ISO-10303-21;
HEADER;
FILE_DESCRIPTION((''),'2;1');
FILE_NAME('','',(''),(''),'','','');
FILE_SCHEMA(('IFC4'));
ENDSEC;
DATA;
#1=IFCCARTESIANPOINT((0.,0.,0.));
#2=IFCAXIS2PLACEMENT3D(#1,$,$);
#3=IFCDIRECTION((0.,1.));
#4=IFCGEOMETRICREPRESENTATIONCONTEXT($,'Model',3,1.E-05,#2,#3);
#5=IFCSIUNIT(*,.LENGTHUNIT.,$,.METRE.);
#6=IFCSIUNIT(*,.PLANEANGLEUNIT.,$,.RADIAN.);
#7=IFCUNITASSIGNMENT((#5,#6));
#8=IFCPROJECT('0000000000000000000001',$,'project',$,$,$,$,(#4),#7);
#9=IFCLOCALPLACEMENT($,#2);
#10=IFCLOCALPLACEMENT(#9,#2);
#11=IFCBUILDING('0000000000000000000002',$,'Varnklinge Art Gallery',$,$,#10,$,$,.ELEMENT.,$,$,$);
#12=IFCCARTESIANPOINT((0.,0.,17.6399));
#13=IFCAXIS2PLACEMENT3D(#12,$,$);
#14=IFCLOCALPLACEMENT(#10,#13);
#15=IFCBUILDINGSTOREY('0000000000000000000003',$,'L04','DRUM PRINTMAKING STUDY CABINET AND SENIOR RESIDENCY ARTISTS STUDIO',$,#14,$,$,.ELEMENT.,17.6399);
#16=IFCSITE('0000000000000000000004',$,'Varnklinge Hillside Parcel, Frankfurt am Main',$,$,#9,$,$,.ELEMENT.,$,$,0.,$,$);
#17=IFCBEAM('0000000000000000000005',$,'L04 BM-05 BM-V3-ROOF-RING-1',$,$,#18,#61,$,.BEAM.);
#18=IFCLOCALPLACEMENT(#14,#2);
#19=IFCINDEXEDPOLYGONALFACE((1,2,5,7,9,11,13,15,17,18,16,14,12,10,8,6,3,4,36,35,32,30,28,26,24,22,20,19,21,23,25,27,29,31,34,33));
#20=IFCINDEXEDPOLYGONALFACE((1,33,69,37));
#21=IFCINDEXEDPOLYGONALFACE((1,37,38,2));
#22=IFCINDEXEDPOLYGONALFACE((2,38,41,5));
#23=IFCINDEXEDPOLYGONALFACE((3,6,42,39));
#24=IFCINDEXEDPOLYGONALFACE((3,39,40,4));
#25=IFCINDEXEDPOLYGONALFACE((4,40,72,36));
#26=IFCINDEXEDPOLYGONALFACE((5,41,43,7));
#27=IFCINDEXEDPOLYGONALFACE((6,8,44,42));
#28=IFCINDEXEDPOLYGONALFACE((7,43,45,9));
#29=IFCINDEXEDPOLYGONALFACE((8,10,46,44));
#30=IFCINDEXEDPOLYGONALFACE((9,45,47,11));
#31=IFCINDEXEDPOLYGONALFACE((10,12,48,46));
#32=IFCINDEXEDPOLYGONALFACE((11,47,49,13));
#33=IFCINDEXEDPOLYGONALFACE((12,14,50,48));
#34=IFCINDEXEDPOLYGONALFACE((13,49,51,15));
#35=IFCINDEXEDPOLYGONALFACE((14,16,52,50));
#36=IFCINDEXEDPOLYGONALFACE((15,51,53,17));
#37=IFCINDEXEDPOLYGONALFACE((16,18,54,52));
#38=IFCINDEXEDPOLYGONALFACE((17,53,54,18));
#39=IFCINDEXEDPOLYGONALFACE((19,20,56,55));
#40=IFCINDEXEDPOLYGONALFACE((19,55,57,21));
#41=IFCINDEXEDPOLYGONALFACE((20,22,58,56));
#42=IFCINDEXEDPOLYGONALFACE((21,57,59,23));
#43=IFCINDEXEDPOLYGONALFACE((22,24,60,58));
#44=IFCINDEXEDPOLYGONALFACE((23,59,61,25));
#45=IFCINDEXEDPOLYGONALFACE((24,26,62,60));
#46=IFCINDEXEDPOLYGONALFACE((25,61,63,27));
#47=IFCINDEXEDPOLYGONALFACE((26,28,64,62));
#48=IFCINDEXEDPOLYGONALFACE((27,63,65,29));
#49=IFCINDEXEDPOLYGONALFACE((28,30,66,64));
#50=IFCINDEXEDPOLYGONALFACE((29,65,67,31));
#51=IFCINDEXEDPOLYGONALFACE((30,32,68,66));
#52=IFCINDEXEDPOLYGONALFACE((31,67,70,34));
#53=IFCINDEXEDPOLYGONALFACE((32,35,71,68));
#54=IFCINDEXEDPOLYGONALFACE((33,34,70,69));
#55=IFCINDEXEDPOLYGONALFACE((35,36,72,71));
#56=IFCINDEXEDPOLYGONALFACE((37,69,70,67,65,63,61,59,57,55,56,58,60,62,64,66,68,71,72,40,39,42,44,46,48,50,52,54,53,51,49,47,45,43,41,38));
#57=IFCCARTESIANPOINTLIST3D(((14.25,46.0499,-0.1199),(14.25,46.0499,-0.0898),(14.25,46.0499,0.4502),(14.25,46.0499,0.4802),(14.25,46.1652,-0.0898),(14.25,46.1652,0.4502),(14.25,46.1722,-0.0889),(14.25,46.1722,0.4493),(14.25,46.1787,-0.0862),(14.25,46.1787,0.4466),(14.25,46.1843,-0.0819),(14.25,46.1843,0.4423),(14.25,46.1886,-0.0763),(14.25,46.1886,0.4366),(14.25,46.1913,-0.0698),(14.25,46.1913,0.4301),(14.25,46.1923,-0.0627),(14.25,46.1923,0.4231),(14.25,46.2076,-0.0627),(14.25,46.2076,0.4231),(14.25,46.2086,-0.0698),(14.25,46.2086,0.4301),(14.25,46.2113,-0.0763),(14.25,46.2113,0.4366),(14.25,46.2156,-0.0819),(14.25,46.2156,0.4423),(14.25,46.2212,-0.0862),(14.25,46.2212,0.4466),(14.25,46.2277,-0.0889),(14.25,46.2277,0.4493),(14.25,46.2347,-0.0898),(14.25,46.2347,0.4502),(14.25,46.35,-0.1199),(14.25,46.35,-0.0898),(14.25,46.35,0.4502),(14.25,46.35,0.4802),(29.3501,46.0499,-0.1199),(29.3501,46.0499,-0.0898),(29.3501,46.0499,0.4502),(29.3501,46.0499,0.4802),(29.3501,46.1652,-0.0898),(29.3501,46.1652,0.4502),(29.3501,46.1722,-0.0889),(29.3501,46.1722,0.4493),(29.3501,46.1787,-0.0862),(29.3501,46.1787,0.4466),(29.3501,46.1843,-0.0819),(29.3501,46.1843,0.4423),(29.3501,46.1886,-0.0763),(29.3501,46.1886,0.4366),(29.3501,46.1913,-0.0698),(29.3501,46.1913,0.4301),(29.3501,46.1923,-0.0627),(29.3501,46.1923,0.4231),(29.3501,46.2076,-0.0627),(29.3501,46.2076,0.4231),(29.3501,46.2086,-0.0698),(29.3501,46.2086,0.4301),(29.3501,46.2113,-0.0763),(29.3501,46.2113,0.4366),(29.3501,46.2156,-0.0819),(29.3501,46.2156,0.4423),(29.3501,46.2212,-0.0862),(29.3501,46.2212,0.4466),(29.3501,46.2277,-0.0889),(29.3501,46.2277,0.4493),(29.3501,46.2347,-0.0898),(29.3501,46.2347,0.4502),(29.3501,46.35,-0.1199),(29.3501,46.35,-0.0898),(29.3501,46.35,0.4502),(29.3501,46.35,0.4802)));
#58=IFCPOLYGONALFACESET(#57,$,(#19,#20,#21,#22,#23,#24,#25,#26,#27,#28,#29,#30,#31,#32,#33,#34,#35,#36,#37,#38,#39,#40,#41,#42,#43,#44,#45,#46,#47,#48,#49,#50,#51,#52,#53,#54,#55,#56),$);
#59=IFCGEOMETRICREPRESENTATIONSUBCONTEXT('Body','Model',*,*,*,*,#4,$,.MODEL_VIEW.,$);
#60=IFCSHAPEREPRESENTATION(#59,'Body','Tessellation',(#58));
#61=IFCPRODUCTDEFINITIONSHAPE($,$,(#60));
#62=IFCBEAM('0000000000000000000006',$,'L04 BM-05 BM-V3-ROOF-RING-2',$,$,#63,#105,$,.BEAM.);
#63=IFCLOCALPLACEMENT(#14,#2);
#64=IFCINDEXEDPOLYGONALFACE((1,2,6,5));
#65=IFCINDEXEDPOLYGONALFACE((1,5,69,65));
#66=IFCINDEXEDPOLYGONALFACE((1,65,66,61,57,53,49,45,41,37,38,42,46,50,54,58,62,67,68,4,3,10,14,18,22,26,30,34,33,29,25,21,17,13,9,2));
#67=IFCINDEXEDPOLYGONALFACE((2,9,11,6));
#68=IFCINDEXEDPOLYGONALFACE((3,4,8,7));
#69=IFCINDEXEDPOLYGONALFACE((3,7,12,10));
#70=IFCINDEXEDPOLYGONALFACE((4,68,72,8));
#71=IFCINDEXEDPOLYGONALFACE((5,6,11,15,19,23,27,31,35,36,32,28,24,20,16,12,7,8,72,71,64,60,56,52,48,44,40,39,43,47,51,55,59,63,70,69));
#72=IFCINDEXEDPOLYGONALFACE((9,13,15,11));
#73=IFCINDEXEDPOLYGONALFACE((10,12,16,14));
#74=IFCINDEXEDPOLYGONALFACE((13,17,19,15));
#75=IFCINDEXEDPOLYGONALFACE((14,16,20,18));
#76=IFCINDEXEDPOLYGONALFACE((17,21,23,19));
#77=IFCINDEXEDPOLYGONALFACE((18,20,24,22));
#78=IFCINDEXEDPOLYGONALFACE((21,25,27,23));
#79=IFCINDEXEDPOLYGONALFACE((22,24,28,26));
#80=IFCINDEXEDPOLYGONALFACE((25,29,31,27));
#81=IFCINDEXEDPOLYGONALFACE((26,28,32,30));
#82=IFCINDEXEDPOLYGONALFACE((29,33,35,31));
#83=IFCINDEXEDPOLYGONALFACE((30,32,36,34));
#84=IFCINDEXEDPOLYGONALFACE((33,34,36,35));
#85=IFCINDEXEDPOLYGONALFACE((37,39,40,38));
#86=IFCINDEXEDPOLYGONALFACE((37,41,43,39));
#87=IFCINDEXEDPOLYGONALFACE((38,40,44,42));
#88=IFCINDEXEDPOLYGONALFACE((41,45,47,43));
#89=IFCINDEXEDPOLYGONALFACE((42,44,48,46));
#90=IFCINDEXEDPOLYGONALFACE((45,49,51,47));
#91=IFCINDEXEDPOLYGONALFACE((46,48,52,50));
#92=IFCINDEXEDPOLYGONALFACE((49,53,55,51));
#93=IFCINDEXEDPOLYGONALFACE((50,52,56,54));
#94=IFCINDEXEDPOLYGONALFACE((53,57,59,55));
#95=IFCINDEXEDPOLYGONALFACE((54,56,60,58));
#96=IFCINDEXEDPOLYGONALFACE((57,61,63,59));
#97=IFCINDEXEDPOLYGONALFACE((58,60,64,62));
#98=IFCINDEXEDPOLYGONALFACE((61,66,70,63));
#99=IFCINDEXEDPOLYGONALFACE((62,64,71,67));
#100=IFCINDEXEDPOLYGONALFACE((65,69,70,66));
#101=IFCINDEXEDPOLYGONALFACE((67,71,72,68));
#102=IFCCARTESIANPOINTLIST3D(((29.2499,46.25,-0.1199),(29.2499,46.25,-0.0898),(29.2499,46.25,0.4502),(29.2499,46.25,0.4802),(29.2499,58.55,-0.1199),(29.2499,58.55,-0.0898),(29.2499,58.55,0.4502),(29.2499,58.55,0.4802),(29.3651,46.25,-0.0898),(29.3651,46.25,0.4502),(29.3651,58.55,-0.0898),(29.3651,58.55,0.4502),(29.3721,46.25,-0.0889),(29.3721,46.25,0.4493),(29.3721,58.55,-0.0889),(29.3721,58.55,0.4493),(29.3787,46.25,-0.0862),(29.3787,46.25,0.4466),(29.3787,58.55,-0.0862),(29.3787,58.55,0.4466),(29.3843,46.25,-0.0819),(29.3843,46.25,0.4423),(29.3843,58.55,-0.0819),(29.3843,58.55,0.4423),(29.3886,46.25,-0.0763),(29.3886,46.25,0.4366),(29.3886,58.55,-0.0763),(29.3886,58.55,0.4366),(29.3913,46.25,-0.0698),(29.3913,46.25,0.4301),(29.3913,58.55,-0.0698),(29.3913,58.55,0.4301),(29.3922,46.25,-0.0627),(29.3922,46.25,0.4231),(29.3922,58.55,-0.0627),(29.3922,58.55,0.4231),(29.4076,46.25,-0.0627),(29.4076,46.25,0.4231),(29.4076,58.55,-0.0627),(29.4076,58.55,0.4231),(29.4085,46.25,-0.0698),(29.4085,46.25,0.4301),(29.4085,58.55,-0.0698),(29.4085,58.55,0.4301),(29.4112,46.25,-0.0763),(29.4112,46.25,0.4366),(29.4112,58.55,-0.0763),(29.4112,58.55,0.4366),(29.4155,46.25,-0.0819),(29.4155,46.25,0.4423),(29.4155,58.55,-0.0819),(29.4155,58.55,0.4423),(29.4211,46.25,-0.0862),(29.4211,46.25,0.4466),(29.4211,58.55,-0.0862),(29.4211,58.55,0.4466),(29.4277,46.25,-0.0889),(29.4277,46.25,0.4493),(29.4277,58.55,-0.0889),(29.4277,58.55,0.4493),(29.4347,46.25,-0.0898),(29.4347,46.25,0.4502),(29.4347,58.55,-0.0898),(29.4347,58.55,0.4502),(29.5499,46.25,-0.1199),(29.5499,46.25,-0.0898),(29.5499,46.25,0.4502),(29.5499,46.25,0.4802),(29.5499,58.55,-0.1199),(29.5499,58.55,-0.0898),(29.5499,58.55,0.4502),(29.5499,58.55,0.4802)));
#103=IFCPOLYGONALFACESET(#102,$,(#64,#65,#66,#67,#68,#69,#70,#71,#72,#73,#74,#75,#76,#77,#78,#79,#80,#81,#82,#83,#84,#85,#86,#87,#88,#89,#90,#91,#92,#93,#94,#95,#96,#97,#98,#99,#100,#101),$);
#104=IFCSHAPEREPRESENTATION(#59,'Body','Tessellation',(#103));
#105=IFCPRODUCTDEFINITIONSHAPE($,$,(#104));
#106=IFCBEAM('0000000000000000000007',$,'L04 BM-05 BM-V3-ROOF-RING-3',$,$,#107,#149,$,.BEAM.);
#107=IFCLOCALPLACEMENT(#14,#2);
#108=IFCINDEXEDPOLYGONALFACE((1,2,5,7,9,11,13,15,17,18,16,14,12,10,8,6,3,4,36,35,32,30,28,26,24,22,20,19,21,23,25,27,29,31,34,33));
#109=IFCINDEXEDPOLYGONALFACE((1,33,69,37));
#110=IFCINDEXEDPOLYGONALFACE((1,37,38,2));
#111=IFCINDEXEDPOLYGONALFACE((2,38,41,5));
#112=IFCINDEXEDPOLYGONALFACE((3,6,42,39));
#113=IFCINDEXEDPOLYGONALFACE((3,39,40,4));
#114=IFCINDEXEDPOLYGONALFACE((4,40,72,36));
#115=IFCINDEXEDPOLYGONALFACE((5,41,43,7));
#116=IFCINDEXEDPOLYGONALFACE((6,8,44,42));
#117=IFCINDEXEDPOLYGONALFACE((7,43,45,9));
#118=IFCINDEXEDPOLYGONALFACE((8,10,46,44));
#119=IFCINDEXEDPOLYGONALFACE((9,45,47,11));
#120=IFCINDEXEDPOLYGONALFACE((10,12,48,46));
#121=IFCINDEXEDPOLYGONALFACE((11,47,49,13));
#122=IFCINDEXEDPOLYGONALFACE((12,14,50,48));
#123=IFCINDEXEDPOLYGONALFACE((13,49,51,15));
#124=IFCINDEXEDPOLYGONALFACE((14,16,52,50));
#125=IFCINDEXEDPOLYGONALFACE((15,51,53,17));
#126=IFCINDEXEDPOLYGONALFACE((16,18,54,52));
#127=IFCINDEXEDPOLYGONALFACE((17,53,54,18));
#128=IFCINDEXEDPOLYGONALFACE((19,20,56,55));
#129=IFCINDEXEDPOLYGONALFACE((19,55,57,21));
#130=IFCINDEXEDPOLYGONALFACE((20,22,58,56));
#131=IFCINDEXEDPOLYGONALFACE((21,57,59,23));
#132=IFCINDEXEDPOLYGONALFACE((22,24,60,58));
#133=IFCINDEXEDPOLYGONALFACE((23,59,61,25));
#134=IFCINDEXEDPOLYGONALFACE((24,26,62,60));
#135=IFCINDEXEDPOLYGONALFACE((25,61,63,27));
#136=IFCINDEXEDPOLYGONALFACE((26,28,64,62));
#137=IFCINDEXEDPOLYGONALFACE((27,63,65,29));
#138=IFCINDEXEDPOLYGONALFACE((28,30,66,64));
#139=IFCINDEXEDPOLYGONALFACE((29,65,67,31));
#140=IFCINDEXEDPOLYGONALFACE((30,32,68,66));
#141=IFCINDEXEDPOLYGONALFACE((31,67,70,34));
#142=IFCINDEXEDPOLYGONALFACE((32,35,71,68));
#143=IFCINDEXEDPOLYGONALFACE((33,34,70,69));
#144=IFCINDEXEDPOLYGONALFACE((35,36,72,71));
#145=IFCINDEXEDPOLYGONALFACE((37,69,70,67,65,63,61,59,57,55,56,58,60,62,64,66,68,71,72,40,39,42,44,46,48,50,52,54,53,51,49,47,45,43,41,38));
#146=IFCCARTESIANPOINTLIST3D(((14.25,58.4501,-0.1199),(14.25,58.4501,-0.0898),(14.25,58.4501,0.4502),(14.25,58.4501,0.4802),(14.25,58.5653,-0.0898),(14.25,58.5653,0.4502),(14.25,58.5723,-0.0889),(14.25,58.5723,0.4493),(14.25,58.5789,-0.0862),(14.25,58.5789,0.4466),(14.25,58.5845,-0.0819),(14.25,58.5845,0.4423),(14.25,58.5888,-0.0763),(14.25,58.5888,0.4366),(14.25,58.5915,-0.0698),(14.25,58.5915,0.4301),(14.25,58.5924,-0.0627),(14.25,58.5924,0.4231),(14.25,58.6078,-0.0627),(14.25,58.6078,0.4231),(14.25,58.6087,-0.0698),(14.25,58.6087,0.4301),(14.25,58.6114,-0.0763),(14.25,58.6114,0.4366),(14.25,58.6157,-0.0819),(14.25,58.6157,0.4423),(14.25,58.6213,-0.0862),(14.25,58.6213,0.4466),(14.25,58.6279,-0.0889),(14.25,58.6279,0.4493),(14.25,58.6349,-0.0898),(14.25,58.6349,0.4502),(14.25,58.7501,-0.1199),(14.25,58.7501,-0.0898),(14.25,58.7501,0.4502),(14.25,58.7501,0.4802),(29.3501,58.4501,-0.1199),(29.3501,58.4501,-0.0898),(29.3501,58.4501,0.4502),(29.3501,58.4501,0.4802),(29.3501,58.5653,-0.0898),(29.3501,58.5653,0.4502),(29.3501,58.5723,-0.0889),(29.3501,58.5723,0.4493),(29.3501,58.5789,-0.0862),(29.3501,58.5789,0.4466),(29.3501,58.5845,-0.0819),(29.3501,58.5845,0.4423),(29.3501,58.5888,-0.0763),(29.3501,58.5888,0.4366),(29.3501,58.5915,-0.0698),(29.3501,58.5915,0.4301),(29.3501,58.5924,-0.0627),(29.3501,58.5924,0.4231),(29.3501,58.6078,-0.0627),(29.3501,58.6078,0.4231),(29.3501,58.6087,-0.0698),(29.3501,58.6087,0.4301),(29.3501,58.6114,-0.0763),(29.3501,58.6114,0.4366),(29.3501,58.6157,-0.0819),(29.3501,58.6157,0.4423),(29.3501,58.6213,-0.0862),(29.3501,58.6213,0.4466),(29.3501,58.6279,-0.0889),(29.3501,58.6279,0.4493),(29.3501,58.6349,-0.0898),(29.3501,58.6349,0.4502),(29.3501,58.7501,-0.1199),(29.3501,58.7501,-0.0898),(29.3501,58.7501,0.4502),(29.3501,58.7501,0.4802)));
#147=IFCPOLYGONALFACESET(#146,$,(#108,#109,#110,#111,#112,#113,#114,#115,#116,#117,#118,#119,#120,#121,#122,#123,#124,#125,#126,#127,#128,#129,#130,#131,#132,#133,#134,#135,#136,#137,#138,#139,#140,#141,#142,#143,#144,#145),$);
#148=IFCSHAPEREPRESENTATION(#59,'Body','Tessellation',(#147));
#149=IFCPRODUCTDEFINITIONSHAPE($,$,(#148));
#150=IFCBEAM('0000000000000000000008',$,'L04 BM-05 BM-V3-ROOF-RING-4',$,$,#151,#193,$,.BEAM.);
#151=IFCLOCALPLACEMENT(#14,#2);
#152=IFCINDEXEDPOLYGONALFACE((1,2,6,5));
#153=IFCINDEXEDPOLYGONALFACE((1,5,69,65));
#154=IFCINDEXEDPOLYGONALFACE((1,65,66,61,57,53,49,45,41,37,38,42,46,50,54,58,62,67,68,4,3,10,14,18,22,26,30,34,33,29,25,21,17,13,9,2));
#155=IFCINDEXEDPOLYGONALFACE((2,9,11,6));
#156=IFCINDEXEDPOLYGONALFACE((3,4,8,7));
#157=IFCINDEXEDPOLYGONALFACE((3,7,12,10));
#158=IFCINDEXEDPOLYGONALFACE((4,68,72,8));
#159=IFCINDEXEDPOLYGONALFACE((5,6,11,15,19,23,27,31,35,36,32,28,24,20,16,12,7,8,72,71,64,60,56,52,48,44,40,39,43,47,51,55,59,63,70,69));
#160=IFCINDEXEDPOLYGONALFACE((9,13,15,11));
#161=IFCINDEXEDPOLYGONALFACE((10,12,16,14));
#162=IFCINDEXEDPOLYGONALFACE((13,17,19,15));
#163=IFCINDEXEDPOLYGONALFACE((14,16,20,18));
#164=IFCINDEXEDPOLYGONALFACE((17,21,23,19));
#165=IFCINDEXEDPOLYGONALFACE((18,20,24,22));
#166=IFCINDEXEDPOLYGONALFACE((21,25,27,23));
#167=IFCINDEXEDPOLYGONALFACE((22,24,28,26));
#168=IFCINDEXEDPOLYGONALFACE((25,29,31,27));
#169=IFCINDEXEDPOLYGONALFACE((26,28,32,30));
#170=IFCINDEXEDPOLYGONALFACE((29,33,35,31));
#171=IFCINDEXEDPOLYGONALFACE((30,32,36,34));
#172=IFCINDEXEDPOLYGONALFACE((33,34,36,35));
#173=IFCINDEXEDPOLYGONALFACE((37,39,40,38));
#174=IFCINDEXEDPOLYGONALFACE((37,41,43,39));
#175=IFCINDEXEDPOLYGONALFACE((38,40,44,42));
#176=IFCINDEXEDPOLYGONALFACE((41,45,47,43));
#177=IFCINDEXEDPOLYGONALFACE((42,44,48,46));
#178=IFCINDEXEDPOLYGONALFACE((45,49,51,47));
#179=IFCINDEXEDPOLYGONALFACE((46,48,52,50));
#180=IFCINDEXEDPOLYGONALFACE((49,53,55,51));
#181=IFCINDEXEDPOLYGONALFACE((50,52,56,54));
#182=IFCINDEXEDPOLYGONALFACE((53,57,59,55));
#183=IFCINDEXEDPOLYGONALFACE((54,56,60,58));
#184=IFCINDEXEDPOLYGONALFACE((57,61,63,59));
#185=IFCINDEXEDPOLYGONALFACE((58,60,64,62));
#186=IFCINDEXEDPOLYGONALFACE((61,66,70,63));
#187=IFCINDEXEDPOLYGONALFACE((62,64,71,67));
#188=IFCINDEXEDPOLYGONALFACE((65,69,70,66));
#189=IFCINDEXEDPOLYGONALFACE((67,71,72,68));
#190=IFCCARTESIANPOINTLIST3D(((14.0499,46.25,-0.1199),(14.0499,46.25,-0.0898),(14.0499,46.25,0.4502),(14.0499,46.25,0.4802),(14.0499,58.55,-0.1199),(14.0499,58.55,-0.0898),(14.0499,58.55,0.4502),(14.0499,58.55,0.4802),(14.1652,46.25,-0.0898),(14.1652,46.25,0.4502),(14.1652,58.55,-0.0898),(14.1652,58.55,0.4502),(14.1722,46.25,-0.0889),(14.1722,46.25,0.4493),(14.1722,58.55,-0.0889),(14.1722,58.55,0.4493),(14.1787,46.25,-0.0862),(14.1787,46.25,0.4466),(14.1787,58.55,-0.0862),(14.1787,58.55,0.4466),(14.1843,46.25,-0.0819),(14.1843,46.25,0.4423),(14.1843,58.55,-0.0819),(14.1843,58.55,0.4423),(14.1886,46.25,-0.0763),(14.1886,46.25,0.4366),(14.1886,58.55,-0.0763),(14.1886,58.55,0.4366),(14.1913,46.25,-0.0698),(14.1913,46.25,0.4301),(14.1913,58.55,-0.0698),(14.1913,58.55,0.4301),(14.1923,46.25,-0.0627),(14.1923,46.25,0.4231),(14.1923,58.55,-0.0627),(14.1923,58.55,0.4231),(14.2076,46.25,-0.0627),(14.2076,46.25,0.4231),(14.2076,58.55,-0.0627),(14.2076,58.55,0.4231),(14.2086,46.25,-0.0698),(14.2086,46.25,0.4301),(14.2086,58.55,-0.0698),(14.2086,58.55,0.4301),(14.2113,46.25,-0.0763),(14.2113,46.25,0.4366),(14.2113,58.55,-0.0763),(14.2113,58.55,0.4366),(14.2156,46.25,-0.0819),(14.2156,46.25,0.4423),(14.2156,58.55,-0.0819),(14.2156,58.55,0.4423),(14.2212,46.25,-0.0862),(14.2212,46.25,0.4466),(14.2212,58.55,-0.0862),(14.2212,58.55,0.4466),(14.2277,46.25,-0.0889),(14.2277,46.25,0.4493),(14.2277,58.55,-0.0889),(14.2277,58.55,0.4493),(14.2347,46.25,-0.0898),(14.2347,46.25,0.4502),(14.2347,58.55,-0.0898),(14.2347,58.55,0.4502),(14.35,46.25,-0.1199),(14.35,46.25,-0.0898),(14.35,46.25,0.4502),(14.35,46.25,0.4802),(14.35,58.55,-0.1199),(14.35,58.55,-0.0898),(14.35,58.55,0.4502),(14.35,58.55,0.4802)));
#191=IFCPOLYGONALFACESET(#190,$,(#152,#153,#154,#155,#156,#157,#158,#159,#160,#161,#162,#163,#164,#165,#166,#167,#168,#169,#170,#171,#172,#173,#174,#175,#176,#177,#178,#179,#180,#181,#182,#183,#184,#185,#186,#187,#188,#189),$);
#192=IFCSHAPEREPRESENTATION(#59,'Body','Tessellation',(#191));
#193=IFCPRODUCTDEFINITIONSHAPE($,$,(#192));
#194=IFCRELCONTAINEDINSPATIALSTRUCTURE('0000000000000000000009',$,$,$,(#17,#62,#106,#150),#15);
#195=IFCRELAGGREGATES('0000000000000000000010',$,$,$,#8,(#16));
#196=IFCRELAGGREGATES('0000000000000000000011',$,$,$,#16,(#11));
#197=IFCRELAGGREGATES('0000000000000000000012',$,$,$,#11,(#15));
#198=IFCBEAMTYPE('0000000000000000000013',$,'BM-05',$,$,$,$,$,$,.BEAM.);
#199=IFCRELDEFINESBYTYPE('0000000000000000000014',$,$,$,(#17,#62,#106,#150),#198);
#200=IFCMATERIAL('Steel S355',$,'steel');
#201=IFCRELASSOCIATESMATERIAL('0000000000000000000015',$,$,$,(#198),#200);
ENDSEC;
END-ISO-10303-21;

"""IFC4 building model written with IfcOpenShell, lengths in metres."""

from ifc_helpers import new_model, si_unit, direction, frame, origin, origin_2d, place, context, subcontext, project, spatial, i_section, extrude, material, material_profile, profile_set, type_object, element, save


model = new_model("IFC4")

# Units and contexts
model_context = context("Model", 3, precision=1e-05, world=origin(), true_north=direction((0.0, 1.0)))
body_context = subcontext(model_context, "Body", "Model", "MODEL_VIEW")
ifc_project = project(units=[si_unit("LENGTHUNIT", "METRE"), si_unit("PLANEANGLEUNIT", "RADIAN")], contexts=[model_context])

# Site, building, storey
site_placement = place(None, origin())
site = spatial("IfcSite", under=ifc_project, at=site_placement, Name="Varnklinge Hillside Parcel, Frankfurt am Main", CompositionType="ELEMENT", RefElevation=0.0)
building_placement = place(site_placement, origin())
building = spatial("IfcBuilding", under=site, at=building_placement, Name="Varnklinge Art Gallery", CompositionType="ELEMENT")
storey_placement = place(building_placement, frame((0.0, 0.0, 17.6399)))
storey = spatial("IfcBuildingStorey", under=building, at=storey_placement, Name="L04", Description="DRUM PRINTMAKING STUDY CABINET AND SENIOR RESIDENCY ARTISTS STUDIO", CompositionType="ELEMENT", Elevation=17.6399)

# Beams
ifc_material_1 = material(Name="Steel S355", Category="steel")
ifc_material_profile_1 = material_profile(ifc_material_1, i_section(OverallWidth=0.3, OverallDepth=0.6001, WebThickness=0.0154, FlangeThickness=0.03, FilletRadius=0.0271, at=origin_2d()), Name="HEB 600")
ifc_profile_set_1 = profile_set([ifc_material_profile_1], Name="Steel S355")
beam_type_1 = type_object("IfcBeamType", Name="BM-05", PredefinedType="BEAM", material=ifc_profile_set_1)
beam_1_placement = place(storey_placement, frame((14.25, 46.2, 0.1802), z_axis=(1.0, 0.0, 0.0), x_axis=(0.0, 1.0, 0.0)))
element("IfcBeam", 1, at=beam_1_placement, inside=storey, type_object=beam_type_1, Name="L04 BM-05 BM-V3-ROOF-RING-1", PredefinedType="BEAM", context=body_context, shape_type="SweptSolid", body=[
    extrude(i_section(OverallWidth=0.3, OverallDepth=0.6001, WebThickness=0.0154, FlangeThickness=0.03, FilletRadius=0.0271, at=origin_2d()), origin(), (0.0, 0.0, 1.0), 15.1001),
])
beam_2_placement = place(storey_placement, frame((29.3999, 46.25, 0.1802), z_axis=(0.0, 1.0, 0.0), x_axis=(-1.0, 0.0, 0.0)))
element("IfcBeam", 2, at=beam_2_placement, inside=storey, type_object=beam_type_1, Name="L04 BM-05 BM-V3-ROOF-RING-2", PredefinedType="BEAM", context=body_context, shape_type="SweptSolid", body=[
    extrude(i_section(OverallWidth=0.3, OverallDepth=0.6001, WebThickness=0.0154, FlangeThickness=0.03, FilletRadius=0.0271, at=origin_2d()), origin(), (0.0, 0.0, 1.0), 12.3),
])
beam_3_placement = place(storey_placement, frame((29.3501, 58.6001, 0.1802), z_axis=(-1.0, 0.0, 0.0), x_axis=(0.0, -1.0, 0.0)))
element("IfcBeam", 3, at=beam_3_placement, inside=storey, type_object=beam_type_1, Name="L04 BM-05 BM-V3-ROOF-RING-3", PredefinedType="BEAM", context=body_context, shape_type="SweptSolid", body=[
    extrude(i_section(OverallWidth=0.3, OverallDepth=0.6001, WebThickness=0.0154, FlangeThickness=0.03, FilletRadius=0.0271, at=origin_2d()), origin(), (0.0, 0.0, 1.0), 15.1001),
])
beam_4_placement = place(storey_placement, frame((14.2, 58.55, 0.1802), z_axis=(0.0, -1.0, 0.0), x_axis=(1.0, 0.0, 0.0)))
element("IfcBeam", 4, at=beam_4_placement, inside=storey, type_object=beam_type_1, Name="L04 BM-05 BM-V3-ROOF-RING-4", PredefinedType="BEAM", context=body_context, shape_type="SweptSolid", body=[
    extrude(i_section(OverallWidth=0.3, OverallDepth=0.6001, WebThickness=0.0154, FlangeThickness=0.03, FilletRadius=0.0271, at=origin_2d()), origin(), (0.0, 0.0, 1.0), 12.3),
])

save(model, "model.ifc")
